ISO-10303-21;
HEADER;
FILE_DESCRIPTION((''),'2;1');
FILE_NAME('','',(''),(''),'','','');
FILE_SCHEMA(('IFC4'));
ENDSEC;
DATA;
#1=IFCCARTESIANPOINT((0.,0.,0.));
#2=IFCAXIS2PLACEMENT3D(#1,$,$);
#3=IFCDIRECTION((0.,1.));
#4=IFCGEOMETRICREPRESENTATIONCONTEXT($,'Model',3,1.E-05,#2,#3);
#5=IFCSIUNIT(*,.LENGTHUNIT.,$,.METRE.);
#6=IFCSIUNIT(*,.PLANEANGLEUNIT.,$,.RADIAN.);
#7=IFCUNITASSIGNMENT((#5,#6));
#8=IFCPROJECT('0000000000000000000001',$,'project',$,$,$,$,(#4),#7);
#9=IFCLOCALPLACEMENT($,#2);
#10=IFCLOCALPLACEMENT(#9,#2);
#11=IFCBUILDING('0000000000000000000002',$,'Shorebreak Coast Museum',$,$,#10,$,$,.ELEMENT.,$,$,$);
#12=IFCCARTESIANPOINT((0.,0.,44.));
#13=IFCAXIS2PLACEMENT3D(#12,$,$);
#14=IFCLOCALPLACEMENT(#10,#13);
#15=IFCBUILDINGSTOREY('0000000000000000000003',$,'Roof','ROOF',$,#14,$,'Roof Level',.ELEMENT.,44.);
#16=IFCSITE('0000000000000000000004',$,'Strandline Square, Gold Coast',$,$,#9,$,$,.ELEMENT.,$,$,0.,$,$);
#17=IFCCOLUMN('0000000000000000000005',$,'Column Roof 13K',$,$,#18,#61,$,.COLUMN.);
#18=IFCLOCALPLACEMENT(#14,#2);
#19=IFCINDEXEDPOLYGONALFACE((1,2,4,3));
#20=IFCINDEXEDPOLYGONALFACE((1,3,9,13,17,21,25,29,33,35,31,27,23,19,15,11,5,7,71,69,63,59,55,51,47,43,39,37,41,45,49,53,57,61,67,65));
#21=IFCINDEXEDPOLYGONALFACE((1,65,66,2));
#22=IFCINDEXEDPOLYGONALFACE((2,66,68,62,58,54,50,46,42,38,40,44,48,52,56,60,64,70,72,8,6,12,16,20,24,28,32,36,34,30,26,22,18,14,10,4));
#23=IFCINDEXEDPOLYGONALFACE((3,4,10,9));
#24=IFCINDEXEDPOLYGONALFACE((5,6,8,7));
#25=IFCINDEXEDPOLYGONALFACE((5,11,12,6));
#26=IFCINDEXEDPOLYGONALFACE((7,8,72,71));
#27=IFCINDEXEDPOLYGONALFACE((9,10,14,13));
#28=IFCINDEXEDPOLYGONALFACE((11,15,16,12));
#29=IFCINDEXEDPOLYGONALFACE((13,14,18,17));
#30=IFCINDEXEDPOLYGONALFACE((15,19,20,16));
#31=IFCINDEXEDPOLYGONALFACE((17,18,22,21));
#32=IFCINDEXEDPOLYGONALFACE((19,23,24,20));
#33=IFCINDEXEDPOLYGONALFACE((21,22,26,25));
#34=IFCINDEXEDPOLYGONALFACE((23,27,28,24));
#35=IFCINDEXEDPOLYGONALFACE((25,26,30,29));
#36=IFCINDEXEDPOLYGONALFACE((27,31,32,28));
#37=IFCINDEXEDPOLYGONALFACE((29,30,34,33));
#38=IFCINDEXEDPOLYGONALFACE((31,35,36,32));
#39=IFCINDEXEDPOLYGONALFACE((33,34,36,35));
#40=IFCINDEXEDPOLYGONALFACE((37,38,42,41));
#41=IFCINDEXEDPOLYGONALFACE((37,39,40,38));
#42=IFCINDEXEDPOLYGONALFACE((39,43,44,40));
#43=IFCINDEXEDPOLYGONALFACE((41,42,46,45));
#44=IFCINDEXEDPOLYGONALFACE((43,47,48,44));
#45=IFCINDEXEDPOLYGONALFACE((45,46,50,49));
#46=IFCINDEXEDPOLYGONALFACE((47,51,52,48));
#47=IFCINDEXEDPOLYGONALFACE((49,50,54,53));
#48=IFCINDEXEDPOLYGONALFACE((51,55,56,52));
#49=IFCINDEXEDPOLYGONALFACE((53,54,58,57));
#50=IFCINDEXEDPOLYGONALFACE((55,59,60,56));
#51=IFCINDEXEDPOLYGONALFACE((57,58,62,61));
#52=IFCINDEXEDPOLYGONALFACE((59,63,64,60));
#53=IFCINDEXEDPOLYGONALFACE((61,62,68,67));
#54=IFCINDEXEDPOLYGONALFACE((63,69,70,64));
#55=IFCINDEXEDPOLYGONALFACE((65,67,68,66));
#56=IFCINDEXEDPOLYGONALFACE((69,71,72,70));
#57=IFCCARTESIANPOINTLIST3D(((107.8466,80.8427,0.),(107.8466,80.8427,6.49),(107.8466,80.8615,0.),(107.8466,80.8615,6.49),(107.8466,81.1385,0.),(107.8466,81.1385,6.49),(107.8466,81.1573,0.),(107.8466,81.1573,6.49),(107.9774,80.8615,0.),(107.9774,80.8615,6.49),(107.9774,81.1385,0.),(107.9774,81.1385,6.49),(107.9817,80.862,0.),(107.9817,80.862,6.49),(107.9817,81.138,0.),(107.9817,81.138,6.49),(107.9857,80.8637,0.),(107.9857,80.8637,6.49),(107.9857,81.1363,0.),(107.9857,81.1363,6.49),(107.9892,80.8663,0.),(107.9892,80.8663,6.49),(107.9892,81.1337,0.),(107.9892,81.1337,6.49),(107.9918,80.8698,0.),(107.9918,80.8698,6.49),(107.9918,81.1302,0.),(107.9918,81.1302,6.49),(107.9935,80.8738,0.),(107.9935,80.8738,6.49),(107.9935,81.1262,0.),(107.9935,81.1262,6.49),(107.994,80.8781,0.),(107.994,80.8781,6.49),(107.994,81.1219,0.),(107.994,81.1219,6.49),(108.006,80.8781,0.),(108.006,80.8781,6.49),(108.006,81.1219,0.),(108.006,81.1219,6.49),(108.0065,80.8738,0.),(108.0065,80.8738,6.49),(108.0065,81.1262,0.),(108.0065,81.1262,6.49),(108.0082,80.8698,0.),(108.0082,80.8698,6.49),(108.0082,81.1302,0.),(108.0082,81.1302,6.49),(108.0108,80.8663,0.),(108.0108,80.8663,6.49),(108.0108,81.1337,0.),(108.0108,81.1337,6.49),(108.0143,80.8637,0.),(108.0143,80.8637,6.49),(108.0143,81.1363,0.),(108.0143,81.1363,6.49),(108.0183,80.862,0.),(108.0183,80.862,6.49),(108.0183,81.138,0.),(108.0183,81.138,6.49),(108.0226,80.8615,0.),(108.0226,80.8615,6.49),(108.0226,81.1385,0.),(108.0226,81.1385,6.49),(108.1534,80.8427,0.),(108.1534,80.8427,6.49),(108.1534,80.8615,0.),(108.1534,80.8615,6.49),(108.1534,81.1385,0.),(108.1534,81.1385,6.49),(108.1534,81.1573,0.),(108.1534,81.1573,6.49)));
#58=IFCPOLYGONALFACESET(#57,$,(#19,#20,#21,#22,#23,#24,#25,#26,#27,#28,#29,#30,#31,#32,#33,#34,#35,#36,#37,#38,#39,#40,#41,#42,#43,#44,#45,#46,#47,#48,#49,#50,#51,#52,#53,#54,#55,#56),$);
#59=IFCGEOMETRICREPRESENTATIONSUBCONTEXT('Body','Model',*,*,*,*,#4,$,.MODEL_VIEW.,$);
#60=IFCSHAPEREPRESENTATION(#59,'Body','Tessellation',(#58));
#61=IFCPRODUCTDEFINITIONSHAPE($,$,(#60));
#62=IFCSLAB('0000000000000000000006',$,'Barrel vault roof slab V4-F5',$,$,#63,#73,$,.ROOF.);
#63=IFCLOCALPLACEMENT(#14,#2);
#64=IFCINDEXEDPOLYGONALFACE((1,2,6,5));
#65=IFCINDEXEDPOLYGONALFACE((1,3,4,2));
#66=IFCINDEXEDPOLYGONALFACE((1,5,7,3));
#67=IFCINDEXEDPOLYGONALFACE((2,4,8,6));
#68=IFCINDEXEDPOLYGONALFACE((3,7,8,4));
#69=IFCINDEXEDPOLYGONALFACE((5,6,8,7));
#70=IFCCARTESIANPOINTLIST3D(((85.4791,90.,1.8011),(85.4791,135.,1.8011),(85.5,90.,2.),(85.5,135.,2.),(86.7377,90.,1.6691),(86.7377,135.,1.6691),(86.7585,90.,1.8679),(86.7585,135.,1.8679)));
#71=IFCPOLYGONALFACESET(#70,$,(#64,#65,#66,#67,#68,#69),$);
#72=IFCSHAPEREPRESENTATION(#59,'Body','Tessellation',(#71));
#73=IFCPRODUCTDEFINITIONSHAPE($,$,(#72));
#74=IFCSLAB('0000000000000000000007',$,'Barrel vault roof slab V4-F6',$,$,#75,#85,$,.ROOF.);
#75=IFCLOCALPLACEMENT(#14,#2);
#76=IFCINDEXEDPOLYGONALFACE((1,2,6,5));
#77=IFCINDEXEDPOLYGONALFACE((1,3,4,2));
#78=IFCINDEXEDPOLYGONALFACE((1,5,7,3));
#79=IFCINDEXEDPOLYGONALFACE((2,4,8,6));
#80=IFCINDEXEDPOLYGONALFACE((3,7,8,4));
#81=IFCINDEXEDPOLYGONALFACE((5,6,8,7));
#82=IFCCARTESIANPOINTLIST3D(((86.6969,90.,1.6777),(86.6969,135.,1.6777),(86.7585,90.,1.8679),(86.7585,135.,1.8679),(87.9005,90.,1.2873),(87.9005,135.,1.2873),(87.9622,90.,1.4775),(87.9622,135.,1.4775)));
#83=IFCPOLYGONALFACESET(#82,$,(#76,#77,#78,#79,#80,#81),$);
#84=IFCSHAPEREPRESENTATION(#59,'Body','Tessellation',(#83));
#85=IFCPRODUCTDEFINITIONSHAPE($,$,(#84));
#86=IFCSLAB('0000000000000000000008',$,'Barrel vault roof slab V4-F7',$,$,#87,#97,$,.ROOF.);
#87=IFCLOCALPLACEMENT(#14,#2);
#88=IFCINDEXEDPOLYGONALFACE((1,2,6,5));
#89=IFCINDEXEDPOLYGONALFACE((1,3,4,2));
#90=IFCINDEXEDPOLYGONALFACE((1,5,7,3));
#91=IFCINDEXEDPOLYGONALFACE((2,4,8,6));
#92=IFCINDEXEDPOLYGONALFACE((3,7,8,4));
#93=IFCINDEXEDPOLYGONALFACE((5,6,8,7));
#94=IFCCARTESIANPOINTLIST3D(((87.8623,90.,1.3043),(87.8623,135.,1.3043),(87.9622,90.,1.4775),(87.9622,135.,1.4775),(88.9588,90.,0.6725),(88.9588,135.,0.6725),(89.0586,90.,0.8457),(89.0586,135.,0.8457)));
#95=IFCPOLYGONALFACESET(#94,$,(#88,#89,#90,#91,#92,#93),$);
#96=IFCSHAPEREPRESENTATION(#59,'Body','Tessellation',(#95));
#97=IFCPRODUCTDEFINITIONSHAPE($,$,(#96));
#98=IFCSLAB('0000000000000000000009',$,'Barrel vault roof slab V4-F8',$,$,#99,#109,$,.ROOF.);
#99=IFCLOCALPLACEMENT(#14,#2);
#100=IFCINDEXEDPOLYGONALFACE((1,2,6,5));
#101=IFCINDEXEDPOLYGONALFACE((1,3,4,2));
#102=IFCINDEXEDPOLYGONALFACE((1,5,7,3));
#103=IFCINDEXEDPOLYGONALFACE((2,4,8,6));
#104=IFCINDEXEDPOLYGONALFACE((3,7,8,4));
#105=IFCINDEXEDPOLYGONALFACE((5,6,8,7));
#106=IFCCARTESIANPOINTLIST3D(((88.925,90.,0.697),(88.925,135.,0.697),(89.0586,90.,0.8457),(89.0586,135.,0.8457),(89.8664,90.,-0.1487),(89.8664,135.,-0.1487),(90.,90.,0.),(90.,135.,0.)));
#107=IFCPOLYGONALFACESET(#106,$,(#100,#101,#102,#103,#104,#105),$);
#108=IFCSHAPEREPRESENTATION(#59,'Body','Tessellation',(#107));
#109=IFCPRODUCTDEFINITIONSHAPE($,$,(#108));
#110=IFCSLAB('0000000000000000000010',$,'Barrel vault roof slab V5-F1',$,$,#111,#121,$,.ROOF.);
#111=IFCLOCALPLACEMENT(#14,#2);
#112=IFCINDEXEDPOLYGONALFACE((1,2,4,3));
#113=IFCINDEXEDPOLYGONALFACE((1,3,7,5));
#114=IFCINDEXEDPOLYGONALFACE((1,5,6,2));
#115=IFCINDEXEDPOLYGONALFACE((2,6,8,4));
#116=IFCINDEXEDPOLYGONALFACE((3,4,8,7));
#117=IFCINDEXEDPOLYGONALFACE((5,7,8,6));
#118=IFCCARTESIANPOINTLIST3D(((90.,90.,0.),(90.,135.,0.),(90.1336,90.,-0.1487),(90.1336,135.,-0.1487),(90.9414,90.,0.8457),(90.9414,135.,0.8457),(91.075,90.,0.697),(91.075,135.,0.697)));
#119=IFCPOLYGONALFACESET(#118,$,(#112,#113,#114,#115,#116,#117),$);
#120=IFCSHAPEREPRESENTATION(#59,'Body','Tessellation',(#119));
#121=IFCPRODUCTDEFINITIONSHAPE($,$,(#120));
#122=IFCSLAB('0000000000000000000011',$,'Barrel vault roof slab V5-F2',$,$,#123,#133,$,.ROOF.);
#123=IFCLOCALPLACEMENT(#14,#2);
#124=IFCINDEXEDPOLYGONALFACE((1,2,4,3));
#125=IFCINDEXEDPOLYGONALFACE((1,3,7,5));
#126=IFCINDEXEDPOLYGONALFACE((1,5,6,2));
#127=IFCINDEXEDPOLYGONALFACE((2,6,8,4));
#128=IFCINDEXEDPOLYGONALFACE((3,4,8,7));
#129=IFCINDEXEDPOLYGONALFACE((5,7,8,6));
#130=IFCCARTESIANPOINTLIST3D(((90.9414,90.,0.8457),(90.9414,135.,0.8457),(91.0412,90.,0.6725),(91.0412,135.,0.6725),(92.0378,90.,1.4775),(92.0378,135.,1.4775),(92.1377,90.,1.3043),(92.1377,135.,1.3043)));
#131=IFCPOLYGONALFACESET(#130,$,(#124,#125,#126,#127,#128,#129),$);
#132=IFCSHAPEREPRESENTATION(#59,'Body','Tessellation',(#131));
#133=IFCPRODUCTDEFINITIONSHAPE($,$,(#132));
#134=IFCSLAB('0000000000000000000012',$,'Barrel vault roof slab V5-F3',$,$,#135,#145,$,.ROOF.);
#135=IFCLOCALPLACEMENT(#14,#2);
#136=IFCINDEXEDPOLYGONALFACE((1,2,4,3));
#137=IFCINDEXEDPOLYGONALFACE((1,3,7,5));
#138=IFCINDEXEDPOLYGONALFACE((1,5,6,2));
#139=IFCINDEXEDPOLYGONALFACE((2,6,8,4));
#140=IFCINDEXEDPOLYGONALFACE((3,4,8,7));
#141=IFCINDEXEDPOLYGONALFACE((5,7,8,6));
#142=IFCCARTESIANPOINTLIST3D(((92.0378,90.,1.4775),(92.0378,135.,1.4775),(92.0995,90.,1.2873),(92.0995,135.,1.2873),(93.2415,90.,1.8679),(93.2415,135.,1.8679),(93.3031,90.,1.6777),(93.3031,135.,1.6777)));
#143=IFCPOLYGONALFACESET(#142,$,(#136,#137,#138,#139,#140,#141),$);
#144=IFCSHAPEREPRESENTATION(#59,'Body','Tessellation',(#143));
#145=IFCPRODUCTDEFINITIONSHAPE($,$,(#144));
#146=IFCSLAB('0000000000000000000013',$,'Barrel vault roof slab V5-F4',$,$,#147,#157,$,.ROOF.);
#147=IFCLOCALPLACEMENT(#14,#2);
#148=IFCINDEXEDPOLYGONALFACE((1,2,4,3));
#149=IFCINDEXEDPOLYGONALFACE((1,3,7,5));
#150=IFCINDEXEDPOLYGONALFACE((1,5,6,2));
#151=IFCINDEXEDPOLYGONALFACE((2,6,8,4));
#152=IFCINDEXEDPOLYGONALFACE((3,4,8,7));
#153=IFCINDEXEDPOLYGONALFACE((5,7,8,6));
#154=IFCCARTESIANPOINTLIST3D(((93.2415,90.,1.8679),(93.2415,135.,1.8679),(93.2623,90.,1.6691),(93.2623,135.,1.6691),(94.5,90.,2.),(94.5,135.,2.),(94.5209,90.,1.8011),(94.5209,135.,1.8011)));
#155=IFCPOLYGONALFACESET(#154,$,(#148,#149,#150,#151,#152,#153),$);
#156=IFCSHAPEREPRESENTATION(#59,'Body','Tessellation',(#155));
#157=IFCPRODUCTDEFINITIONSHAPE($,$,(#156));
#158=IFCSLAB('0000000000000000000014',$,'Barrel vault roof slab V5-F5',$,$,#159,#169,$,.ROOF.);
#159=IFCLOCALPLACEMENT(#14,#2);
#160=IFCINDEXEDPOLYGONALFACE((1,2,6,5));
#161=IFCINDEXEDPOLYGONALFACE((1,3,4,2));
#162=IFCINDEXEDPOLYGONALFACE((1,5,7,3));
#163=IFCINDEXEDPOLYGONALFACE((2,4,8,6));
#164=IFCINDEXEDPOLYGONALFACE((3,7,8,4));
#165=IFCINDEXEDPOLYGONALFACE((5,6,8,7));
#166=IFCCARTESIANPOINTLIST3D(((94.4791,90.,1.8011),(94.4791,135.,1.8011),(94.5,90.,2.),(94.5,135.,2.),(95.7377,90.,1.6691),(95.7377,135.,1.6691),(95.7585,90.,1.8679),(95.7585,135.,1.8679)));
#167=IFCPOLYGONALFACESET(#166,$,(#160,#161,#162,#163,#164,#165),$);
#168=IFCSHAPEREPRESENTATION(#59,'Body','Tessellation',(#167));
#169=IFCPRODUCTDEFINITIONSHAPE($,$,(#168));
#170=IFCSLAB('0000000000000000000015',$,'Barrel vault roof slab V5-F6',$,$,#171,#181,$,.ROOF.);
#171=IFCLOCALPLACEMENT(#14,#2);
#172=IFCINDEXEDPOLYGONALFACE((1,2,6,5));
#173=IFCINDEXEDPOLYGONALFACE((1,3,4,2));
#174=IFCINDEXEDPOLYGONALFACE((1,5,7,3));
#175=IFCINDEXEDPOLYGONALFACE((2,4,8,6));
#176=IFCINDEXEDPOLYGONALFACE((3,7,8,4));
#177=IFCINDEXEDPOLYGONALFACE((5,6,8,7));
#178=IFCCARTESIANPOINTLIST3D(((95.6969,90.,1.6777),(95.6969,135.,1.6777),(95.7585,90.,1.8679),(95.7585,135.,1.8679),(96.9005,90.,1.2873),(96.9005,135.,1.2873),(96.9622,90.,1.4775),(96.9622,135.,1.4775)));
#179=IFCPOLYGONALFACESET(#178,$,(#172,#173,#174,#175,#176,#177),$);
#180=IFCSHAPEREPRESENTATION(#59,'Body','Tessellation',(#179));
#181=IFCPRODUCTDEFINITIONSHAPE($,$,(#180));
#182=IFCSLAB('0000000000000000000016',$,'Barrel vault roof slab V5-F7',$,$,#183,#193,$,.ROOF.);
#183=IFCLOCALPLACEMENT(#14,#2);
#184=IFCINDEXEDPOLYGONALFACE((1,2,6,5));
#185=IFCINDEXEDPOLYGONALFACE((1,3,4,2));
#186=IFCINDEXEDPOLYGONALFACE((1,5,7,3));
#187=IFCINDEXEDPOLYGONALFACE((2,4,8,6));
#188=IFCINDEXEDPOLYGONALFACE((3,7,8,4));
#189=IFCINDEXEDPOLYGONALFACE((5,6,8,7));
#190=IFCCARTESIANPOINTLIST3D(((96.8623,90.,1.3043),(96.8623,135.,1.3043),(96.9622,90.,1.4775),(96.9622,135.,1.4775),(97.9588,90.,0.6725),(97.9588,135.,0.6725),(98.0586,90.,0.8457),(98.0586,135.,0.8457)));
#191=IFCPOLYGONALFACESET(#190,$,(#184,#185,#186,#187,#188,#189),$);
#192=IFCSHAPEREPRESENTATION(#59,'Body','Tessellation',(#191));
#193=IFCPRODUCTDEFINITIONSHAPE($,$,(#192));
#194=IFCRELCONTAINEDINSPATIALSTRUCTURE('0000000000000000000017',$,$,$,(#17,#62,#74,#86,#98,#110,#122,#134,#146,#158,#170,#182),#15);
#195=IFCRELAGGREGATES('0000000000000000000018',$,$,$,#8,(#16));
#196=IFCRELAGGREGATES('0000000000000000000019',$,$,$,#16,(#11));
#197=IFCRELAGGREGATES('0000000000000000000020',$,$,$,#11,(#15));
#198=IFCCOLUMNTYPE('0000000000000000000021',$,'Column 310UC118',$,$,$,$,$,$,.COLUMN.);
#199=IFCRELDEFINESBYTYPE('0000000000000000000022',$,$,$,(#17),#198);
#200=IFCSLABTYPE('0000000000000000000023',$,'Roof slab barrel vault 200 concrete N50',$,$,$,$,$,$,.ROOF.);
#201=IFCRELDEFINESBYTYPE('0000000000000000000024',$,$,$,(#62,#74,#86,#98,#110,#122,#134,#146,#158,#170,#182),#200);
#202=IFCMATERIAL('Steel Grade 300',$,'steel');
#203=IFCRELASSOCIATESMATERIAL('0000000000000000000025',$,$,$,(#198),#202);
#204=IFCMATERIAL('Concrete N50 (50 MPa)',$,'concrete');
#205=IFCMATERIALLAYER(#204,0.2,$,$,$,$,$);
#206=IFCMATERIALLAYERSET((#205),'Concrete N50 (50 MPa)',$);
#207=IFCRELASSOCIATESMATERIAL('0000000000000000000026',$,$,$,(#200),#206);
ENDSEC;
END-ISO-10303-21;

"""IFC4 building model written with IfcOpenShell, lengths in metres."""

from ifc_helpers import new_model, si_unit, direction, frame, origin, origin_2d, place, context, subcontext, project, spatial, polyline, i_section, outline, extrude, material, layer, layer_set, material_profile, profile_set, type_object, element, save


model = new_model("IFC4")

# Units and contexts
model_context = context("Model", 3, precision=1e-05, world=origin(), true_north=direction((0.0, 1.0)))
body_context = subcontext(model_context, "Body", "Model", "MODEL_VIEW")
ifc_project = project(units=[si_unit("LENGTHUNIT", "METRE"), si_unit("PLANEANGLEUNIT", "RADIAN")], contexts=[model_context])

# Site, building, storey
site_placement = place(None, origin())
site = spatial("IfcSite", under=ifc_project, at=site_placement, Name="Strandline Square, Gold Coast", CompositionType="ELEMENT", RefElevation=0.0)
building_placement = place(site_placement, origin())
building = spatial("IfcBuilding", under=site, at=building_placement, Name="Shorebreak Coast Museum", CompositionType="ELEMENT")
storey_placement = place(building_placement, frame((0.0, 0.0, 44.0)))
storey = spatial("IfcBuildingStorey", under=building, at=storey_placement, Name="Roof", Description="ROOF", LongName="Roof Level", CompositionType="ELEMENT", Elevation=44.0)

# Column
ifc_material_1 = material(Name="Steel Grade 300", Category="steel")
ifc_material_profile_1 = material_profile(ifc_material_1, i_section(OverallWidth=0.3069, OverallDepth=0.3147, WebThickness=0.012, FlangeThickness=0.0188, FilletRadius=0.0166, at=origin_2d()), Name="310UC118")
ifc_profile_set_1 = profile_set([ifc_material_profile_1], Name="Steel Grade 300")
column_type_1 = type_object("IfcColumnType", Name="Column 310UC118", PredefinedType="COLUMN", material=ifc_profile_set_1)
for number, where, z_axis, x_axis, name in (
    (1, (108.0, 81.0, 0.0), (0.0, 0.0, 1.0), (1.0, 0.0, 0.0), "Column Roof 13K"),
):
    element("IfcColumn", number, at=place(storey_placement, frame(where, z_axis=z_axis, x_axis=x_axis)), inside=storey, type_object=column_type_1, Name=name, PredefinedType="COLUMN", context=body_context, shape_type="SweptSolid", body=[
        extrude(i_section(OverallWidth=0.3069, OverallDepth=0.3147, WebThickness=0.012, FlangeThickness=0.0188, FilletRadius=0.0166, at=origin_2d()), origin(), (0.0, 0.0, 1.0), 6.49),
    ])

# Slabs
ifc_material_2 = material(Name="Concrete N50 (50 MPa)", Category="concrete")
ifc_layer = layer(ifc_material_2, 0.2)
ifc_layer_set = layer_set([ifc_layer], Name="Concrete N50 (50 MPa)")
slab_type = type_object("IfcSlabType", Name="Roof slab barrel vault 200 concrete N50", PredefinedType="ROOF", material=ifc_layer_set)
slab_1_placement = place(storey_placement, frame((85.5, 90.0, 2.0), z_axis=(0.104373, 0.0, 0.994538), x_axis=(0.994538, 0.0, -0.104373)))
element("IfcSlab", 2, at=slab_1_placement, inside=storey, type_object=slab_type, Name="Barrel vault roof slab V4-F5", PredefinedType="ROOF", context=body_context, shape_type="SweptSolid", body=[
    extrude(outline(polyline([(0.0, 0.0), (1.2655, 0.0), (1.2655, 45.0), (0.0, 45.0), (0.0, 0.0)])), origin(), (0.0, 0.0, -1.0), 0.2),
])
slab_2_placement = place(storey_placement, frame((86.7585, 90.0, 1.8679), z_axis=(0.308519, 0.0, 0.951218), x_axis=(0.951218, 0.0, -0.308519)))
element("IfcSlab", 3, at=slab_2_placement, inside=storey, type_object=slab_type, Name="Barrel vault roof slab V4-F6", PredefinedType="ROOF", context=body_context, shape_type="SweptSolid", body=[
    extrude(outline(polyline([(0.0, 0.0), (1.2653, 0.0), (1.2653, 45.0), (0.0, 45.0), (0.0, 0.0)])), origin(), (0.0, 0.0, -1.0), 0.2),
])
slab_3_placement = place(storey_placement, frame((87.9622, 90.0, 1.4775), z_axis=(0.499294, 0.0, 0.866433), x_axis=(0.866433, 0.0, -0.499294)))
element("IfcSlab", 4, at=slab_3_placement, inside=storey, type_object=slab_type, Name="Barrel vault roof slab V4-F7", PredefinedType="ROOF", context=body_context, shape_type="SweptSolid", body=[
    extrude(outline(polyline([(0.0, 0.0), (1.2655, 0.0), (1.2655, 45.0), (0.0, 45.0), (0.0, 0.0)])), origin(), (0.0, 0.0, -1.0), 0.2),
])
for number, where, z_axis, x_axis, name in (
    (5, (89.0586, 90.0, 0.8457), (0.668282, 0.0, 0.743908), (0.743908, 0.0, -0.668282), "Barrel vault roof slab V4-F8"),
    (6, (90.0, 90.0, 0.0), (-0.668282, 0.0, 0.743908), (0.743908, 0.0, 0.668282), "Barrel vault roof slab V5-F1"),
):
    element("IfcSlab", number, at=place(storey_placement, frame(where, z_axis=z_axis, x_axis=x_axis)), inside=storey, type_object=slab_type, Name=name, PredefinedType="ROOF", context=body_context, shape_type="SweptSolid", body=[
        extrude(outline(polyline([(0.0, 0.0), (1.2655, 0.0), (1.2655, 45.0), (0.0, 45.0), (0.0, 0.0)])), origin(), (0.0, 0.0, -1.0), 0.2),
    ])
slab_4_placement = place(storey_placement, frame((90.9414, 90.0, 0.8457), z_axis=(-0.499294, 0.0, 0.866433), x_axis=(0.866433, 0.0, 0.499294)))
element("IfcSlab", 7, at=slab_4_placement, inside=storey, type_object=slab_type, Name="Barrel vault roof slab V5-F2", PredefinedType="ROOF", context=body_context, shape_type="SweptSolid", body=[
    extrude(outline(polyline([(0.0, 0.0), (1.2655, 0.0), (1.2655, 45.0), (0.0, 45.0), (0.0, 0.0)])), origin(), (0.0, 0.0, -1.0), 0.2),
])
slab_5_placement = place(storey_placement, frame((92.0378, 90.0, 1.4775), z_axis=(-0.308519, 0.0, 0.951218), x_axis=(0.951218, 0.0, 0.308519)))
element("IfcSlab", 8, at=slab_5_placement, inside=storey, type_object=slab_type, Name="Barrel vault roof slab V5-F3", PredefinedType="ROOF", context=body_context, shape_type="SweptSolid", body=[
    extrude(outline(polyline([(0.0, 0.0), (1.2653, 0.0), (1.2653, 45.0), (0.0, 45.0), (0.0, 0.0)])), origin(), (0.0, 0.0, -1.0), 0.2),
])
for number, where, z_axis, x_axis, name in (
    (9, (93.2415, 90.0, 1.8679), (-0.104373, 0.0, 0.994538), (0.994538, 0.0, 0.104373), "Barrel vault roof slab V5-F4"),
    (10, (94.5, 90.0, 2.0), (0.104373, 0.0, 0.994538), (0.994538, 0.0, -0.104373), "Barrel vault roof slab V5-F5"),
):
    element("IfcSlab", number, at=place(storey_placement, frame(where, z_axis=z_axis, x_axis=x_axis)), inside=storey, type_object=slab_type, Name=name, PredefinedType="ROOF", context=body_context, shape_type="SweptSolid", body=[
        extrude(outline(polyline([(0.0, 0.0), (1.2655, 0.0), (1.2655, 45.0), (0.0, 45.0), (0.0, 0.0)])), origin(), (0.0, 0.0, -1.0), 0.2),
    ])
slab_6_placement = place(storey_placement, frame((95.7585, 90.0, 1.8679), z_axis=(0.308519, 0.0, 0.951218), x_axis=(0.951218, 0.0, -0.308519)))
element("IfcSlab", 11, at=slab_6_placement, inside=storey, type_object=slab_type, Name="Barrel vault roof slab V5-F6", PredefinedType="ROOF", context=body_context, shape_type="SweptSolid", body=[
    extrude(outline(polyline([(0.0, 0.0), (1.2653, 0.0), (1.2653, 45.0), (0.0, 45.0), (0.0, 0.0)])), origin(), (0.0, 0.0, -1.0), 0.2),
])
slab_7_placement = place(storey_placement, frame((96.9622, 90.0, 1.4775), z_axis=(0.499294, 0.0, 0.866433), x_axis=(0.866433, 0.0, -0.499294)))
element("IfcSlab", 12, at=slab_7_placement, inside=storey, type_object=slab_type, Name="Barrel vault roof slab V5-F7", PredefinedType="ROOF", context=body_context, shape_type="SweptSolid", body=[
    extrude(outline(polyline([(0.0, 0.0), (1.2655, 0.0), (1.2655, 45.0), (0.0, 45.0), (0.0, 0.0)])), origin(), (0.0, 0.0, -1.0), 0.2),
])

save(model, "model.ifc")
